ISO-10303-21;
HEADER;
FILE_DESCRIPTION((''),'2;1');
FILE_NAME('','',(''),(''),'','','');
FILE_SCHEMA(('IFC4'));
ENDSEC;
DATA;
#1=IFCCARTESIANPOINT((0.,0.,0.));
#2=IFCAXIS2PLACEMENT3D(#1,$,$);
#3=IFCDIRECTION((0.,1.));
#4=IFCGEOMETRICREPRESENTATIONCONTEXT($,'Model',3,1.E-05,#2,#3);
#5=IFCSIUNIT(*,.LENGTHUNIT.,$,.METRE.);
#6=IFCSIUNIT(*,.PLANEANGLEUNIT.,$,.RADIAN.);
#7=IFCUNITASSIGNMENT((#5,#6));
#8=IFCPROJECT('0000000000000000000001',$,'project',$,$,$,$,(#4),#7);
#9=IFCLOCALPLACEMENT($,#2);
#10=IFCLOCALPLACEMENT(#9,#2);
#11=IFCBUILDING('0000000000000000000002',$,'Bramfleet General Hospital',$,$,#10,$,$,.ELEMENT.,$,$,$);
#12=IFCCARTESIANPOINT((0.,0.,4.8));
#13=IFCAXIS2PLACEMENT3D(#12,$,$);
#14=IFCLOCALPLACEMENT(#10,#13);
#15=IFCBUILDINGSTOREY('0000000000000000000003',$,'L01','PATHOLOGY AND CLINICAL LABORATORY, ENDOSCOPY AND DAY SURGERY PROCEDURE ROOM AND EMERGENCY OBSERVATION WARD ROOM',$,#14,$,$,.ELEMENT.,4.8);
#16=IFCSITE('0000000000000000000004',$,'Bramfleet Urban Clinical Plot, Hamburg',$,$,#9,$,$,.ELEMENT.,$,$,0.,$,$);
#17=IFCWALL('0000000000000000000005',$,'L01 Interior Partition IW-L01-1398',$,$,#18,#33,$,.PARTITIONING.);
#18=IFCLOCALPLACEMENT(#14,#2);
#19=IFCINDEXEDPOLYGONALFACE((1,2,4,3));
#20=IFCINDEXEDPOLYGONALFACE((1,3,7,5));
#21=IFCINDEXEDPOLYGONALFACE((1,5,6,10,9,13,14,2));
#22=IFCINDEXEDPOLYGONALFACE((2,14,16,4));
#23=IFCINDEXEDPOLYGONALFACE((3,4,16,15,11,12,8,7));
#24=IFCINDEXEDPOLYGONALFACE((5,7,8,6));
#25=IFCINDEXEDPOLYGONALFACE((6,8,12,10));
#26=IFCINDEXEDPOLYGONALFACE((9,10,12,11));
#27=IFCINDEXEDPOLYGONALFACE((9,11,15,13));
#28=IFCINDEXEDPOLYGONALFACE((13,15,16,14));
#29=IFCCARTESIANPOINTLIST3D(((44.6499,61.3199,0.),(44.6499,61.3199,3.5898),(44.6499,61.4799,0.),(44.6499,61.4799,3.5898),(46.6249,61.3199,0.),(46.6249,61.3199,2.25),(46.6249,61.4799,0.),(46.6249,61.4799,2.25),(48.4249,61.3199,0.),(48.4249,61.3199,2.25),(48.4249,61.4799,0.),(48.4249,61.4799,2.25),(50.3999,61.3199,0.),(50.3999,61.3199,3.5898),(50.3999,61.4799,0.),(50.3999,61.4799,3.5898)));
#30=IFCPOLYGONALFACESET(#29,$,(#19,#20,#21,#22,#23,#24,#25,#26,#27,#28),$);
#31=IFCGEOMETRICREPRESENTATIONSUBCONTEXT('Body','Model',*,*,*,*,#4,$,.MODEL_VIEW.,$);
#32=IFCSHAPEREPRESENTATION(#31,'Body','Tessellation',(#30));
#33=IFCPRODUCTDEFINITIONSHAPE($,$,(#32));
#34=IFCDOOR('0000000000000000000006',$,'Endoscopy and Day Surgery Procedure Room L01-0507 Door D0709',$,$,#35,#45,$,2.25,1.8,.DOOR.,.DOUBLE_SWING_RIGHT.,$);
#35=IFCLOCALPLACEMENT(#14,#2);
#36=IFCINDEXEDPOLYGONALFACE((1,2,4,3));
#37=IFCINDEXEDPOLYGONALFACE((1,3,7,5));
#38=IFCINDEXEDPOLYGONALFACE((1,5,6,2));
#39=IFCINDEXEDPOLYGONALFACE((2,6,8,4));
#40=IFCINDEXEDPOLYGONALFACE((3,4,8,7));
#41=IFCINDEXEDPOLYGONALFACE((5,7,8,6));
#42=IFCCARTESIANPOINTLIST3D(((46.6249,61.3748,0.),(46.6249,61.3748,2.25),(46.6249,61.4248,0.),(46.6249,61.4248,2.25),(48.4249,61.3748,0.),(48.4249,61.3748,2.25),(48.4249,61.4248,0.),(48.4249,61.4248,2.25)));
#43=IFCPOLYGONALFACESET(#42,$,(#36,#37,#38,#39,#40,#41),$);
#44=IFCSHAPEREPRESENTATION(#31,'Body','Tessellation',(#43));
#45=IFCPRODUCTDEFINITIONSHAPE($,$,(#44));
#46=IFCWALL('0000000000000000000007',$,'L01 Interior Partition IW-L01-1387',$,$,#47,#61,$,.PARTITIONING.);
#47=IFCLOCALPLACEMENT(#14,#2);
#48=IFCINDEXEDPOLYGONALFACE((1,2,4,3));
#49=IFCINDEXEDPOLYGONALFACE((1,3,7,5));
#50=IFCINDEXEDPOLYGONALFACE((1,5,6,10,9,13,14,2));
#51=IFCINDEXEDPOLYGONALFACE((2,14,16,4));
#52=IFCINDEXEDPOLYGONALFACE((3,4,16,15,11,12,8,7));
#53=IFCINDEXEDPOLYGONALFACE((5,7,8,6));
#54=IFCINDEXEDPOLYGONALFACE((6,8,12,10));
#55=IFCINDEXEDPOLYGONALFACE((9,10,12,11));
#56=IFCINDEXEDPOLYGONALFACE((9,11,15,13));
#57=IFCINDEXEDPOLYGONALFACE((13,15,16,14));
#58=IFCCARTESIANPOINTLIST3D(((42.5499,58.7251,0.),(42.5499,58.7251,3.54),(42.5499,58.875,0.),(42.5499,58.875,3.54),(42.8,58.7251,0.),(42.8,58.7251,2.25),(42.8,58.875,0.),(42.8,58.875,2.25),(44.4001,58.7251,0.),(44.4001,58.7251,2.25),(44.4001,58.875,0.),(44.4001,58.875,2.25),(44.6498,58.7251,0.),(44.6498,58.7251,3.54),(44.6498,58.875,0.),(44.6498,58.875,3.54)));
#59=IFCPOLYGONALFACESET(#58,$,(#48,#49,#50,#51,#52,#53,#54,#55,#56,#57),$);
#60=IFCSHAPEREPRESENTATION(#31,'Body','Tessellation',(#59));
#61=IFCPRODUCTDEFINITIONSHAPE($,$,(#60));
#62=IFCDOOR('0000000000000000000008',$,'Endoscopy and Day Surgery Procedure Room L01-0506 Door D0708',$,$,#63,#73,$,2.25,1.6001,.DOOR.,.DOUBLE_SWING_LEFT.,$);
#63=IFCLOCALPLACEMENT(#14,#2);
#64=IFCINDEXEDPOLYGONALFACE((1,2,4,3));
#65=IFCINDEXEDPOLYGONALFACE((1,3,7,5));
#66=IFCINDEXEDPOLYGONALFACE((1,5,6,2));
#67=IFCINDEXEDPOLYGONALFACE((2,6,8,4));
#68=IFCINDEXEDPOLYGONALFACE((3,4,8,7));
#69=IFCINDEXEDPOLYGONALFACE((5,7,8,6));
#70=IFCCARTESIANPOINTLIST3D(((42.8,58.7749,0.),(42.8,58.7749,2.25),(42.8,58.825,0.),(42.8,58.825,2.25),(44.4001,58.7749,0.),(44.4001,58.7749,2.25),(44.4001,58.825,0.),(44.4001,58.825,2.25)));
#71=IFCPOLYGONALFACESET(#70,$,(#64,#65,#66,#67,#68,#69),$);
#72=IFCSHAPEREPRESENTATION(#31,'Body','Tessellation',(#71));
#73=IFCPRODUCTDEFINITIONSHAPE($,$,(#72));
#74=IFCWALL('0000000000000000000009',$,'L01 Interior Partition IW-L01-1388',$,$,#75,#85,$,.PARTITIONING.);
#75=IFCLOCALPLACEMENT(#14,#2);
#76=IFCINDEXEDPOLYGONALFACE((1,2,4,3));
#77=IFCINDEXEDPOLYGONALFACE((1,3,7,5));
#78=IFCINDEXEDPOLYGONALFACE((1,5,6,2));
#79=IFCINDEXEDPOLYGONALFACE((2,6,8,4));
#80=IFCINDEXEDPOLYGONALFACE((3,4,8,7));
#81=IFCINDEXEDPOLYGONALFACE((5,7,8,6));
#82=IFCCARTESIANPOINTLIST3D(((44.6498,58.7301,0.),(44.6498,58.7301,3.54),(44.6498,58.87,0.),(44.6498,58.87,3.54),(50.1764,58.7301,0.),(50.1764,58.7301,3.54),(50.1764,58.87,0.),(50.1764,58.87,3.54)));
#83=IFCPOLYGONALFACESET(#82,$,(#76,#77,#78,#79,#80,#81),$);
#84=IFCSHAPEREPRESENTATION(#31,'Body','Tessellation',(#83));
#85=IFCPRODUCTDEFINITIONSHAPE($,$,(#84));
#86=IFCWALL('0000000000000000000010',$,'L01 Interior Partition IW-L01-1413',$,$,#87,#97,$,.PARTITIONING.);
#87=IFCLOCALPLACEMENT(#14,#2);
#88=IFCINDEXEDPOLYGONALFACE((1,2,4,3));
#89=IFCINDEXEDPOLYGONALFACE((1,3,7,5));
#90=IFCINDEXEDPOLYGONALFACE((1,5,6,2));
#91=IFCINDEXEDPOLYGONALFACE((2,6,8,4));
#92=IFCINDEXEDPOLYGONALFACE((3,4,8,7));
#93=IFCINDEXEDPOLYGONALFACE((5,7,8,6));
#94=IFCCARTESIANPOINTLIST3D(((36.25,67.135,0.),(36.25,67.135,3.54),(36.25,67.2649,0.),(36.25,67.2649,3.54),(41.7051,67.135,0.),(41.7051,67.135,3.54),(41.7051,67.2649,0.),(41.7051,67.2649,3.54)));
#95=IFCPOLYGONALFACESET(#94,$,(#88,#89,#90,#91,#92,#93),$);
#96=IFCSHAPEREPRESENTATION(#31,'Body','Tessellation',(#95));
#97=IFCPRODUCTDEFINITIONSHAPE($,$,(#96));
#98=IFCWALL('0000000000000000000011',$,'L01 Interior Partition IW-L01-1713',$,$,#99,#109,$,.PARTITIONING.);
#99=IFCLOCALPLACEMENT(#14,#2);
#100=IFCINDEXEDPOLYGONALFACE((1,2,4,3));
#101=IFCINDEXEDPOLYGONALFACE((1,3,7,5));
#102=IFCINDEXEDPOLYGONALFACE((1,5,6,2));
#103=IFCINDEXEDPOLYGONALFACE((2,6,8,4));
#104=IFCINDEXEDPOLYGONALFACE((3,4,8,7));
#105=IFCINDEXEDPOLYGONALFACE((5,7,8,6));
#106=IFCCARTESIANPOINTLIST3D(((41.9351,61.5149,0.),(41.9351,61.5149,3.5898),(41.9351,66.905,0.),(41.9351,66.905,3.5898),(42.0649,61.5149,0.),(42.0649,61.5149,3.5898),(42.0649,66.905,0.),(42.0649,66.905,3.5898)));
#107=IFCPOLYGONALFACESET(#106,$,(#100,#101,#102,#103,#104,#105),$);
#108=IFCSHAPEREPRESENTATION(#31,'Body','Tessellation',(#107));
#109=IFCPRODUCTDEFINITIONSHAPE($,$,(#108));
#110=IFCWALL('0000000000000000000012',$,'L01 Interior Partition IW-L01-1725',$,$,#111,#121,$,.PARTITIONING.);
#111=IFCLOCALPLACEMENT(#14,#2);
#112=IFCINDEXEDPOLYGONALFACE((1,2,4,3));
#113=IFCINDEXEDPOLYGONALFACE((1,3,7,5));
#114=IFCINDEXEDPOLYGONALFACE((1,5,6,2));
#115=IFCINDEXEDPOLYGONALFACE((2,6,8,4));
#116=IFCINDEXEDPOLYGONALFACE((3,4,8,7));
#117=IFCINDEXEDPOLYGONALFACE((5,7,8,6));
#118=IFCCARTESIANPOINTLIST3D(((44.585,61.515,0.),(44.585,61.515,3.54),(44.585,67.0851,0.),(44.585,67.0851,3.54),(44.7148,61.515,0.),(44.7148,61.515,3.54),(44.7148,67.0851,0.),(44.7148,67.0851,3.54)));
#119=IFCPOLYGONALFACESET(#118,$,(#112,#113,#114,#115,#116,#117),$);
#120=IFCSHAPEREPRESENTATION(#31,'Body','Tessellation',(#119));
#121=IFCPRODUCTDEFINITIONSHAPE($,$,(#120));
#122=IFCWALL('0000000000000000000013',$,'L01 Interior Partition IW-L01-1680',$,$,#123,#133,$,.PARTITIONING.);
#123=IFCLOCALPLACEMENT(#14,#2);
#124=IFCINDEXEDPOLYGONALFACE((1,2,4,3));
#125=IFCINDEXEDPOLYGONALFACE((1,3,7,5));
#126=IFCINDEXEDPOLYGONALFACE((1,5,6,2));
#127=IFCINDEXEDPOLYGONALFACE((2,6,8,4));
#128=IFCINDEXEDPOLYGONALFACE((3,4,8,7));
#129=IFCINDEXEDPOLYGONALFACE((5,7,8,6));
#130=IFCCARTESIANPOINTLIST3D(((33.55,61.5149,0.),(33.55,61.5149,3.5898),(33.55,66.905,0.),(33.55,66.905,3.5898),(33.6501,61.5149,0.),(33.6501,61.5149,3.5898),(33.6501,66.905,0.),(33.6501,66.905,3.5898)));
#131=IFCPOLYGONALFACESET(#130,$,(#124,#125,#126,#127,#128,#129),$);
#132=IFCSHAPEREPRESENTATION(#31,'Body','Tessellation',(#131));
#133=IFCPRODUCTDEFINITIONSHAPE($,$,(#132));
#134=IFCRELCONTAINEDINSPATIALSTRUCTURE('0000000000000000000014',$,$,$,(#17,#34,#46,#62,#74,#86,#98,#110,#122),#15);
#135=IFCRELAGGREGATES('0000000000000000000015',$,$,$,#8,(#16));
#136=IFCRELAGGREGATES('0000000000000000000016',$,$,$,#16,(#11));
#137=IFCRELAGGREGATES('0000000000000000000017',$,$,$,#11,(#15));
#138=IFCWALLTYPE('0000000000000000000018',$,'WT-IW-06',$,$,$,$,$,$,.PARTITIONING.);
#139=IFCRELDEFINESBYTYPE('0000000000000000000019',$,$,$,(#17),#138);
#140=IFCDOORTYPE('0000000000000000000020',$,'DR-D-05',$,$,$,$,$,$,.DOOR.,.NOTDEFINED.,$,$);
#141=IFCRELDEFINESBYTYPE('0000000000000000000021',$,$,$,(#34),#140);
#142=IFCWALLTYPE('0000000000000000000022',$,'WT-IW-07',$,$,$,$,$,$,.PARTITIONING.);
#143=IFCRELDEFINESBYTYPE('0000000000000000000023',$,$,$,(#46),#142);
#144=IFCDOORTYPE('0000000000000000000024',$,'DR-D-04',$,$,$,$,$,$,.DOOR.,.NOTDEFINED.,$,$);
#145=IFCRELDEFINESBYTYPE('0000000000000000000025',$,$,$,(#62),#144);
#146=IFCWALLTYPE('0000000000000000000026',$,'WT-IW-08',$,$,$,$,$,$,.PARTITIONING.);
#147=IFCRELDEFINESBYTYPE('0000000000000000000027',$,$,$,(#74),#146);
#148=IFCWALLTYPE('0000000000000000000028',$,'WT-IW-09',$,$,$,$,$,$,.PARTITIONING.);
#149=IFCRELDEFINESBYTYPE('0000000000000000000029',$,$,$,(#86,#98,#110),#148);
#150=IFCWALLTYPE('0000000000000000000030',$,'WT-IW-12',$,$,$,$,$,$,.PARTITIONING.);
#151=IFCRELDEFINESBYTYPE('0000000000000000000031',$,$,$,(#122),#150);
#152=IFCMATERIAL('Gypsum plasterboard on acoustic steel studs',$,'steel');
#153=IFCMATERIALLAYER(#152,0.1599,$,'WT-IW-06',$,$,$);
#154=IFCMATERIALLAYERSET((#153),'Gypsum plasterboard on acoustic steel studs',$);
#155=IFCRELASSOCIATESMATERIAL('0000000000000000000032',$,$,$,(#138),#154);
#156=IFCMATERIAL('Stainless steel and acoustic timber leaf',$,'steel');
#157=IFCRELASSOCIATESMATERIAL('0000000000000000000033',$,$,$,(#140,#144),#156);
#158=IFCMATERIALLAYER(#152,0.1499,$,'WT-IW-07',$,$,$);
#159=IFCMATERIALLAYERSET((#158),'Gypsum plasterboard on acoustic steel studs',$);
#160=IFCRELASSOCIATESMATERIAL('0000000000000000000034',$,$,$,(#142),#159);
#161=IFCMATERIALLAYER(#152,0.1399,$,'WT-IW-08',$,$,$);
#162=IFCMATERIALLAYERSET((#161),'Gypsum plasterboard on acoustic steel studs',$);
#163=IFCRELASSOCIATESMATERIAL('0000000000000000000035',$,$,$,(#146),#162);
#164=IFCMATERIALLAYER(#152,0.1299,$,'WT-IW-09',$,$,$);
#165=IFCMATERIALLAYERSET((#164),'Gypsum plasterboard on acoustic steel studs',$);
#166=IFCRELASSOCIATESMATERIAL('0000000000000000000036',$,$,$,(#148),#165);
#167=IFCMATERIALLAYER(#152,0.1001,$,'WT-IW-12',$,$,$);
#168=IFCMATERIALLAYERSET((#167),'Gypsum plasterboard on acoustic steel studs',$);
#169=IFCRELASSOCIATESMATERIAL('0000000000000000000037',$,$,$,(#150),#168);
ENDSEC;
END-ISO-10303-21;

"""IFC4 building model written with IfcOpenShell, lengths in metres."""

from ifc_helpers import new_model, si_unit, direction, frame, frame_2d, origin, place, context, subcontext, project, spatial, rectangle, extrude, material, layer, layer_set, type_object, element, fill, save


model = new_model("IFC4")

# Units and contexts
model_context = context("Model", 3, precision=1e-05, world=origin(), true_north=direction((0.0, 1.0)))
body_context = subcontext(model_context, "Body", "Model", "MODEL_VIEW")
ifc_project = project(units=[si_unit("LENGTHUNIT", "METRE"), si_unit("PLANEANGLEUNIT", "RADIAN")], contexts=[model_context])

# Site, building, storey
site_placement = place(None, origin())
site = spatial("IfcSite", under=ifc_project, at=site_placement, Name="Bramfleet Urban Clinical Plot, Hamburg", CompositionType="ELEMENT", RefElevation=0.0)
building_placement = place(site_placement, origin())
building = spatial("IfcBuilding", under=site, at=building_placement, Name="Bramfleet General Hospital", CompositionType="ELEMENT")
storey_placement = place(building_placement, frame((0.0, 0.0, 4.8)))
storey = spatial("IfcBuildingStorey", under=building, at=storey_placement, Name="L01", Description="PATHOLOGY AND CLINICAL LABORATORY, ENDOSCOPY AND DAY SURGERY PROCEDURE ROOM AND EMERGENCY OBSERVATION WARD ROOM", CompositionType="ELEMENT", Elevation=4.8)

# Walls, openings, doors
ifc_material_1 = material(Name="Gypsum plasterboard on acoustic steel studs", Category="steel")
ifc_material_2 = material(Name="Stainless steel and acoustic timber leaf", Category="steel")
ifc_layer_1 = layer(ifc_material_1, 0.1599, Name="WT-IW-06")
ifc_layer_set_1 = layer_set([ifc_layer_1], Name="Gypsum plasterboard on acoustic steel studs")
wall_type_1 = type_object("IfcWallType", Name="WT-IW-06", PredefinedType="PARTITIONING", material=ifc_layer_set_1)
wall_1_placement = place(storey_placement, frame((44.6499, 61.3999, 0.0), z_axis=(0.0, 0.0, 1.0), x_axis=(1.0, 0.0, 0.0)))
wall_1 = element("IfcWall", 1, at=wall_1_placement, inside=storey, type_object=wall_type_1, Name="L01 Interior Partition IW-L01-1398", PredefinedType="PARTITIONING", context=body_context, shape_type="SweptSolid", body=[
    extrude(rectangle(XDim=5.75, YDim=0.1599, at=frame_2d((2.875, 0.0))), origin(), (0.0, 0.0, 1.0), 3.5898),
])
opening_1_placement = place(wall_1_placement, frame((1.9751, 0.0, 0.0)))
opening_1 = element("IfcOpeningElement", 2, at=opening_1_placement, cuts=wall_1, PredefinedType="OPENING", context=body_context, shape_type="SweptSolid", body=[
    extrude(rectangle(XDim=1.8, YDim=2.25, at=frame_2d((0.8999, 1.125))), frame((0.0, 0.0898, 0.0), z_axis=(0.0, -1.0, 0.0), x_axis=(1.0, 0.0, 0.0)), (0.0, 0.0, 1.0), 0.1799),
])
door_type_1 = type_object("IfcDoorType", Name="DR-D-05", OperationType="NOTDEFINED", PredefinedType="DOOR", material=ifc_material_2)
door_1_placement = place(opening_1_placement, origin())
door_1 = element("IfcDoor", 3, at=door_1_placement, inside=storey, type_object=door_type_1, Name="Endoscopy and Day Surgery Procedure Room L01-0507 Door D0709", OperationType="DOUBLE_SWING_RIGHT", OverallHeight=2.25, OverallWidth=1.8, PredefinedType="DOOR", context=body_context, shape_type="SweptSolid", body=[
    extrude(rectangle(XDim=1.8, YDim=2.25, at=frame_2d((0.8999, 1.125))), frame((0.0, 0.0249, 0.0), z_axis=(0.0, -1.0, 0.0), x_axis=(1.0, 0.0, 0.0)), (0.0, 0.0, 1.0), 0.05),
])
fill(opening_1, door_1)
ifc_layer_2 = layer(ifc_material_1, 0.1499, Name="WT-IW-07")
ifc_layer_set_2 = layer_set([ifc_layer_2], Name="Gypsum plasterboard on acoustic steel studs")
wall_type_2 = type_object("IfcWallType", Name="WT-IW-07", PredefinedType="PARTITIONING", material=ifc_layer_set_2)
wall_2_placement = place(storey_placement, frame((42.55, 58.8, 0.0), z_axis=(0.0, 0.0, 1.0), x_axis=(1.0, 0.0, 0.0)))
wall_2 = element("IfcWall", 4, at=wall_2_placement, inside=storey, type_object=wall_type_2, Name="L01 Interior Partition IW-L01-1387", PredefinedType="PARTITIONING", context=body_context, shape_type="SweptSolid", body=[
    extrude(rectangle(XDim=2.0999, YDim=0.1499, at=frame_2d((1.0498, 0.0))), origin(), (0.0, 0.0, 1.0), 3.54),
])
opening_2_placement = place(wall_2_placement, frame((0.25, 0.0, 0.0)))
opening_2 = element("IfcOpeningElement", 5, at=opening_2_placement, cuts=wall_2, PredefinedType="OPENING", context=body_context, shape_type="SweptSolid", body=[
    extrude(rectangle(XDim=1.6001, YDim=2.25, at=frame_2d((0.8, 1.125))), frame((0.0, 0.085, 0.0), z_axis=(0.0, -1.0, 0.0), x_axis=(1.0, 0.0, 0.0)), (0.0, 0.0, 1.0), 0.1699),
])
door_type_2 = type_object("IfcDoorType", Name="DR-D-04", OperationType="NOTDEFINED", PredefinedType="DOOR", material=ifc_material_2)
door_2_placement = place(opening_2_placement, origin())
door_2 = element("IfcDoor", 6, at=door_2_placement, inside=storey, type_object=door_type_2, Name="Endoscopy and Day Surgery Procedure Room L01-0506 Door D0708", OperationType="DOUBLE_SWING_LEFT", OverallHeight=2.25, OverallWidth=1.6001, PredefinedType="DOOR", context=body_context, shape_type="SweptSolid", body=[
    extrude(rectangle(XDim=1.6001, YDim=2.25, at=frame_2d((0.8, 1.125))), frame((0.0, 0.0249, 0.0), z_axis=(0.0, -1.0, 0.0), x_axis=(1.0, 0.0, 0.0)), (0.0, 0.0, 1.0), 0.05),
])
fill(opening_2, door_2)

# Walls
ifc_layer_3 = layer(ifc_material_1, 0.1399, Name="WT-IW-08")
ifc_layer_set_3 = layer_set([ifc_layer_3], Name="Gypsum plasterboard on acoustic steel studs")
wall_type_3 = type_object("IfcWallType", Name="WT-IW-08", PredefinedType="PARTITIONING", material=ifc_layer_set_3)
wall_3_placement = place(storey_placement, frame((44.6499, 58.8, 0.0), z_axis=(0.0, 0.0, 1.0), x_axis=(1.0, 0.0, 0.0)))
element("IfcWall", 7, at=wall_3_placement, inside=storey, type_object=wall_type_3, Name="L01 Interior Partition IW-L01-1388", PredefinedType="PARTITIONING", context=body_context, shape_type="SweptSolid", body=[
    extrude(rectangle(XDim=5.5266, YDim=0.1399, at=frame_2d((2.7632, 0.0))), origin(), (0.0, 0.0, 1.0), 3.54),
])
ifc_layer_4 = layer(ifc_material_1, 0.1299, Name="WT-IW-09")
ifc_layer_set_4 = layer_set([ifc_layer_4], Name="Gypsum plasterboard on acoustic steel studs")
wall_type_4 = type_object("IfcWallType", Name="WT-IW-09", PredefinedType="PARTITIONING", material=ifc_layer_set_4)
wall_4_placement = place(storey_placement, frame((36.25, 67.2, 0.0), z_axis=(0.0, 0.0, 1.0), x_axis=(1.0, 0.0, 0.0)))
element("IfcWall", 8, at=wall_4_placement, inside=storey, type_object=wall_type_4, Name="L01 Interior Partition IW-L01-1413", PredefinedType="PARTITIONING", context=body_context, shape_type="SweptSolid", body=[
    extrude(rectangle(XDim=5.4551, YDim=0.1299, at=frame_2d((2.7275, 0.0))), origin(), (0.0, 0.0, 1.0), 3.54),
])
wall_5_placement = place(storey_placement, frame((42.0, 61.5149, 0.0), z_axis=(0.0, 0.0, 1.0), x_axis=(0.0, 1.0, 0.0)))
element("IfcWall", 9, at=wall_5_placement, inside=storey, type_object=wall_type_4, Name="L01 Interior Partition IW-L01-1713", PredefinedType="PARTITIONING", context=body_context, shape_type="SweptSolid", body=[
    extrude(rectangle(XDim=5.3901, YDim=0.1299, at=frame_2d((2.6951, 0.0))), origin(), (0.0, 0.0, 1.0), 3.5898),
])
wall_6_placement = place(storey_placement, frame((44.6499, 61.5149, 0.0), z_axis=(0.0, 0.0, 1.0), x_axis=(0.0, 1.0, 0.0)))
element("IfcWall", 10, at=wall_6_placement, inside=storey, type_object=wall_type_4, Name="L01 Interior Partition IW-L01-1725", PredefinedType="PARTITIONING", context=body_context, shape_type="SweptSolid", body=[
    extrude(rectangle(XDim=5.5701, YDim=0.1299, at=frame_2d((2.7852, 0.0))), origin(), (0.0, 0.0, 1.0), 3.54),
])
ifc_layer_5 = layer(ifc_material_1, 0.1001, Name="WT-IW-12")
ifc_layer_set_5 = layer_set([ifc_layer_5], Name="Gypsum plasterboard on acoustic steel studs")
wall_type_5 = type_object("IfcWallType", Name="WT-IW-12", PredefinedType="PARTITIONING", material=ifc_layer_set_5)
wall_7_placement = place(storey_placement, frame((33.6001, 61.5149, 0.0), z_axis=(0.0, 0.0, 1.0), x_axis=(0.0, 1.0, 0.0)))
element("IfcWall", 11, at=wall_7_placement, inside=storey, type_object=wall_type_5, Name="L01 Interior Partition IW-L01-1680", PredefinedType="PARTITIONING", context=body_context, shape_type="SweptSolid", body=[
    extrude(rectangle(XDim=5.3901, YDim=0.1001, at=frame_2d((2.6951, 0.0))), origin(), (0.0, 0.0, 1.0), 3.5898),
])

save(model, "model.ifc")
